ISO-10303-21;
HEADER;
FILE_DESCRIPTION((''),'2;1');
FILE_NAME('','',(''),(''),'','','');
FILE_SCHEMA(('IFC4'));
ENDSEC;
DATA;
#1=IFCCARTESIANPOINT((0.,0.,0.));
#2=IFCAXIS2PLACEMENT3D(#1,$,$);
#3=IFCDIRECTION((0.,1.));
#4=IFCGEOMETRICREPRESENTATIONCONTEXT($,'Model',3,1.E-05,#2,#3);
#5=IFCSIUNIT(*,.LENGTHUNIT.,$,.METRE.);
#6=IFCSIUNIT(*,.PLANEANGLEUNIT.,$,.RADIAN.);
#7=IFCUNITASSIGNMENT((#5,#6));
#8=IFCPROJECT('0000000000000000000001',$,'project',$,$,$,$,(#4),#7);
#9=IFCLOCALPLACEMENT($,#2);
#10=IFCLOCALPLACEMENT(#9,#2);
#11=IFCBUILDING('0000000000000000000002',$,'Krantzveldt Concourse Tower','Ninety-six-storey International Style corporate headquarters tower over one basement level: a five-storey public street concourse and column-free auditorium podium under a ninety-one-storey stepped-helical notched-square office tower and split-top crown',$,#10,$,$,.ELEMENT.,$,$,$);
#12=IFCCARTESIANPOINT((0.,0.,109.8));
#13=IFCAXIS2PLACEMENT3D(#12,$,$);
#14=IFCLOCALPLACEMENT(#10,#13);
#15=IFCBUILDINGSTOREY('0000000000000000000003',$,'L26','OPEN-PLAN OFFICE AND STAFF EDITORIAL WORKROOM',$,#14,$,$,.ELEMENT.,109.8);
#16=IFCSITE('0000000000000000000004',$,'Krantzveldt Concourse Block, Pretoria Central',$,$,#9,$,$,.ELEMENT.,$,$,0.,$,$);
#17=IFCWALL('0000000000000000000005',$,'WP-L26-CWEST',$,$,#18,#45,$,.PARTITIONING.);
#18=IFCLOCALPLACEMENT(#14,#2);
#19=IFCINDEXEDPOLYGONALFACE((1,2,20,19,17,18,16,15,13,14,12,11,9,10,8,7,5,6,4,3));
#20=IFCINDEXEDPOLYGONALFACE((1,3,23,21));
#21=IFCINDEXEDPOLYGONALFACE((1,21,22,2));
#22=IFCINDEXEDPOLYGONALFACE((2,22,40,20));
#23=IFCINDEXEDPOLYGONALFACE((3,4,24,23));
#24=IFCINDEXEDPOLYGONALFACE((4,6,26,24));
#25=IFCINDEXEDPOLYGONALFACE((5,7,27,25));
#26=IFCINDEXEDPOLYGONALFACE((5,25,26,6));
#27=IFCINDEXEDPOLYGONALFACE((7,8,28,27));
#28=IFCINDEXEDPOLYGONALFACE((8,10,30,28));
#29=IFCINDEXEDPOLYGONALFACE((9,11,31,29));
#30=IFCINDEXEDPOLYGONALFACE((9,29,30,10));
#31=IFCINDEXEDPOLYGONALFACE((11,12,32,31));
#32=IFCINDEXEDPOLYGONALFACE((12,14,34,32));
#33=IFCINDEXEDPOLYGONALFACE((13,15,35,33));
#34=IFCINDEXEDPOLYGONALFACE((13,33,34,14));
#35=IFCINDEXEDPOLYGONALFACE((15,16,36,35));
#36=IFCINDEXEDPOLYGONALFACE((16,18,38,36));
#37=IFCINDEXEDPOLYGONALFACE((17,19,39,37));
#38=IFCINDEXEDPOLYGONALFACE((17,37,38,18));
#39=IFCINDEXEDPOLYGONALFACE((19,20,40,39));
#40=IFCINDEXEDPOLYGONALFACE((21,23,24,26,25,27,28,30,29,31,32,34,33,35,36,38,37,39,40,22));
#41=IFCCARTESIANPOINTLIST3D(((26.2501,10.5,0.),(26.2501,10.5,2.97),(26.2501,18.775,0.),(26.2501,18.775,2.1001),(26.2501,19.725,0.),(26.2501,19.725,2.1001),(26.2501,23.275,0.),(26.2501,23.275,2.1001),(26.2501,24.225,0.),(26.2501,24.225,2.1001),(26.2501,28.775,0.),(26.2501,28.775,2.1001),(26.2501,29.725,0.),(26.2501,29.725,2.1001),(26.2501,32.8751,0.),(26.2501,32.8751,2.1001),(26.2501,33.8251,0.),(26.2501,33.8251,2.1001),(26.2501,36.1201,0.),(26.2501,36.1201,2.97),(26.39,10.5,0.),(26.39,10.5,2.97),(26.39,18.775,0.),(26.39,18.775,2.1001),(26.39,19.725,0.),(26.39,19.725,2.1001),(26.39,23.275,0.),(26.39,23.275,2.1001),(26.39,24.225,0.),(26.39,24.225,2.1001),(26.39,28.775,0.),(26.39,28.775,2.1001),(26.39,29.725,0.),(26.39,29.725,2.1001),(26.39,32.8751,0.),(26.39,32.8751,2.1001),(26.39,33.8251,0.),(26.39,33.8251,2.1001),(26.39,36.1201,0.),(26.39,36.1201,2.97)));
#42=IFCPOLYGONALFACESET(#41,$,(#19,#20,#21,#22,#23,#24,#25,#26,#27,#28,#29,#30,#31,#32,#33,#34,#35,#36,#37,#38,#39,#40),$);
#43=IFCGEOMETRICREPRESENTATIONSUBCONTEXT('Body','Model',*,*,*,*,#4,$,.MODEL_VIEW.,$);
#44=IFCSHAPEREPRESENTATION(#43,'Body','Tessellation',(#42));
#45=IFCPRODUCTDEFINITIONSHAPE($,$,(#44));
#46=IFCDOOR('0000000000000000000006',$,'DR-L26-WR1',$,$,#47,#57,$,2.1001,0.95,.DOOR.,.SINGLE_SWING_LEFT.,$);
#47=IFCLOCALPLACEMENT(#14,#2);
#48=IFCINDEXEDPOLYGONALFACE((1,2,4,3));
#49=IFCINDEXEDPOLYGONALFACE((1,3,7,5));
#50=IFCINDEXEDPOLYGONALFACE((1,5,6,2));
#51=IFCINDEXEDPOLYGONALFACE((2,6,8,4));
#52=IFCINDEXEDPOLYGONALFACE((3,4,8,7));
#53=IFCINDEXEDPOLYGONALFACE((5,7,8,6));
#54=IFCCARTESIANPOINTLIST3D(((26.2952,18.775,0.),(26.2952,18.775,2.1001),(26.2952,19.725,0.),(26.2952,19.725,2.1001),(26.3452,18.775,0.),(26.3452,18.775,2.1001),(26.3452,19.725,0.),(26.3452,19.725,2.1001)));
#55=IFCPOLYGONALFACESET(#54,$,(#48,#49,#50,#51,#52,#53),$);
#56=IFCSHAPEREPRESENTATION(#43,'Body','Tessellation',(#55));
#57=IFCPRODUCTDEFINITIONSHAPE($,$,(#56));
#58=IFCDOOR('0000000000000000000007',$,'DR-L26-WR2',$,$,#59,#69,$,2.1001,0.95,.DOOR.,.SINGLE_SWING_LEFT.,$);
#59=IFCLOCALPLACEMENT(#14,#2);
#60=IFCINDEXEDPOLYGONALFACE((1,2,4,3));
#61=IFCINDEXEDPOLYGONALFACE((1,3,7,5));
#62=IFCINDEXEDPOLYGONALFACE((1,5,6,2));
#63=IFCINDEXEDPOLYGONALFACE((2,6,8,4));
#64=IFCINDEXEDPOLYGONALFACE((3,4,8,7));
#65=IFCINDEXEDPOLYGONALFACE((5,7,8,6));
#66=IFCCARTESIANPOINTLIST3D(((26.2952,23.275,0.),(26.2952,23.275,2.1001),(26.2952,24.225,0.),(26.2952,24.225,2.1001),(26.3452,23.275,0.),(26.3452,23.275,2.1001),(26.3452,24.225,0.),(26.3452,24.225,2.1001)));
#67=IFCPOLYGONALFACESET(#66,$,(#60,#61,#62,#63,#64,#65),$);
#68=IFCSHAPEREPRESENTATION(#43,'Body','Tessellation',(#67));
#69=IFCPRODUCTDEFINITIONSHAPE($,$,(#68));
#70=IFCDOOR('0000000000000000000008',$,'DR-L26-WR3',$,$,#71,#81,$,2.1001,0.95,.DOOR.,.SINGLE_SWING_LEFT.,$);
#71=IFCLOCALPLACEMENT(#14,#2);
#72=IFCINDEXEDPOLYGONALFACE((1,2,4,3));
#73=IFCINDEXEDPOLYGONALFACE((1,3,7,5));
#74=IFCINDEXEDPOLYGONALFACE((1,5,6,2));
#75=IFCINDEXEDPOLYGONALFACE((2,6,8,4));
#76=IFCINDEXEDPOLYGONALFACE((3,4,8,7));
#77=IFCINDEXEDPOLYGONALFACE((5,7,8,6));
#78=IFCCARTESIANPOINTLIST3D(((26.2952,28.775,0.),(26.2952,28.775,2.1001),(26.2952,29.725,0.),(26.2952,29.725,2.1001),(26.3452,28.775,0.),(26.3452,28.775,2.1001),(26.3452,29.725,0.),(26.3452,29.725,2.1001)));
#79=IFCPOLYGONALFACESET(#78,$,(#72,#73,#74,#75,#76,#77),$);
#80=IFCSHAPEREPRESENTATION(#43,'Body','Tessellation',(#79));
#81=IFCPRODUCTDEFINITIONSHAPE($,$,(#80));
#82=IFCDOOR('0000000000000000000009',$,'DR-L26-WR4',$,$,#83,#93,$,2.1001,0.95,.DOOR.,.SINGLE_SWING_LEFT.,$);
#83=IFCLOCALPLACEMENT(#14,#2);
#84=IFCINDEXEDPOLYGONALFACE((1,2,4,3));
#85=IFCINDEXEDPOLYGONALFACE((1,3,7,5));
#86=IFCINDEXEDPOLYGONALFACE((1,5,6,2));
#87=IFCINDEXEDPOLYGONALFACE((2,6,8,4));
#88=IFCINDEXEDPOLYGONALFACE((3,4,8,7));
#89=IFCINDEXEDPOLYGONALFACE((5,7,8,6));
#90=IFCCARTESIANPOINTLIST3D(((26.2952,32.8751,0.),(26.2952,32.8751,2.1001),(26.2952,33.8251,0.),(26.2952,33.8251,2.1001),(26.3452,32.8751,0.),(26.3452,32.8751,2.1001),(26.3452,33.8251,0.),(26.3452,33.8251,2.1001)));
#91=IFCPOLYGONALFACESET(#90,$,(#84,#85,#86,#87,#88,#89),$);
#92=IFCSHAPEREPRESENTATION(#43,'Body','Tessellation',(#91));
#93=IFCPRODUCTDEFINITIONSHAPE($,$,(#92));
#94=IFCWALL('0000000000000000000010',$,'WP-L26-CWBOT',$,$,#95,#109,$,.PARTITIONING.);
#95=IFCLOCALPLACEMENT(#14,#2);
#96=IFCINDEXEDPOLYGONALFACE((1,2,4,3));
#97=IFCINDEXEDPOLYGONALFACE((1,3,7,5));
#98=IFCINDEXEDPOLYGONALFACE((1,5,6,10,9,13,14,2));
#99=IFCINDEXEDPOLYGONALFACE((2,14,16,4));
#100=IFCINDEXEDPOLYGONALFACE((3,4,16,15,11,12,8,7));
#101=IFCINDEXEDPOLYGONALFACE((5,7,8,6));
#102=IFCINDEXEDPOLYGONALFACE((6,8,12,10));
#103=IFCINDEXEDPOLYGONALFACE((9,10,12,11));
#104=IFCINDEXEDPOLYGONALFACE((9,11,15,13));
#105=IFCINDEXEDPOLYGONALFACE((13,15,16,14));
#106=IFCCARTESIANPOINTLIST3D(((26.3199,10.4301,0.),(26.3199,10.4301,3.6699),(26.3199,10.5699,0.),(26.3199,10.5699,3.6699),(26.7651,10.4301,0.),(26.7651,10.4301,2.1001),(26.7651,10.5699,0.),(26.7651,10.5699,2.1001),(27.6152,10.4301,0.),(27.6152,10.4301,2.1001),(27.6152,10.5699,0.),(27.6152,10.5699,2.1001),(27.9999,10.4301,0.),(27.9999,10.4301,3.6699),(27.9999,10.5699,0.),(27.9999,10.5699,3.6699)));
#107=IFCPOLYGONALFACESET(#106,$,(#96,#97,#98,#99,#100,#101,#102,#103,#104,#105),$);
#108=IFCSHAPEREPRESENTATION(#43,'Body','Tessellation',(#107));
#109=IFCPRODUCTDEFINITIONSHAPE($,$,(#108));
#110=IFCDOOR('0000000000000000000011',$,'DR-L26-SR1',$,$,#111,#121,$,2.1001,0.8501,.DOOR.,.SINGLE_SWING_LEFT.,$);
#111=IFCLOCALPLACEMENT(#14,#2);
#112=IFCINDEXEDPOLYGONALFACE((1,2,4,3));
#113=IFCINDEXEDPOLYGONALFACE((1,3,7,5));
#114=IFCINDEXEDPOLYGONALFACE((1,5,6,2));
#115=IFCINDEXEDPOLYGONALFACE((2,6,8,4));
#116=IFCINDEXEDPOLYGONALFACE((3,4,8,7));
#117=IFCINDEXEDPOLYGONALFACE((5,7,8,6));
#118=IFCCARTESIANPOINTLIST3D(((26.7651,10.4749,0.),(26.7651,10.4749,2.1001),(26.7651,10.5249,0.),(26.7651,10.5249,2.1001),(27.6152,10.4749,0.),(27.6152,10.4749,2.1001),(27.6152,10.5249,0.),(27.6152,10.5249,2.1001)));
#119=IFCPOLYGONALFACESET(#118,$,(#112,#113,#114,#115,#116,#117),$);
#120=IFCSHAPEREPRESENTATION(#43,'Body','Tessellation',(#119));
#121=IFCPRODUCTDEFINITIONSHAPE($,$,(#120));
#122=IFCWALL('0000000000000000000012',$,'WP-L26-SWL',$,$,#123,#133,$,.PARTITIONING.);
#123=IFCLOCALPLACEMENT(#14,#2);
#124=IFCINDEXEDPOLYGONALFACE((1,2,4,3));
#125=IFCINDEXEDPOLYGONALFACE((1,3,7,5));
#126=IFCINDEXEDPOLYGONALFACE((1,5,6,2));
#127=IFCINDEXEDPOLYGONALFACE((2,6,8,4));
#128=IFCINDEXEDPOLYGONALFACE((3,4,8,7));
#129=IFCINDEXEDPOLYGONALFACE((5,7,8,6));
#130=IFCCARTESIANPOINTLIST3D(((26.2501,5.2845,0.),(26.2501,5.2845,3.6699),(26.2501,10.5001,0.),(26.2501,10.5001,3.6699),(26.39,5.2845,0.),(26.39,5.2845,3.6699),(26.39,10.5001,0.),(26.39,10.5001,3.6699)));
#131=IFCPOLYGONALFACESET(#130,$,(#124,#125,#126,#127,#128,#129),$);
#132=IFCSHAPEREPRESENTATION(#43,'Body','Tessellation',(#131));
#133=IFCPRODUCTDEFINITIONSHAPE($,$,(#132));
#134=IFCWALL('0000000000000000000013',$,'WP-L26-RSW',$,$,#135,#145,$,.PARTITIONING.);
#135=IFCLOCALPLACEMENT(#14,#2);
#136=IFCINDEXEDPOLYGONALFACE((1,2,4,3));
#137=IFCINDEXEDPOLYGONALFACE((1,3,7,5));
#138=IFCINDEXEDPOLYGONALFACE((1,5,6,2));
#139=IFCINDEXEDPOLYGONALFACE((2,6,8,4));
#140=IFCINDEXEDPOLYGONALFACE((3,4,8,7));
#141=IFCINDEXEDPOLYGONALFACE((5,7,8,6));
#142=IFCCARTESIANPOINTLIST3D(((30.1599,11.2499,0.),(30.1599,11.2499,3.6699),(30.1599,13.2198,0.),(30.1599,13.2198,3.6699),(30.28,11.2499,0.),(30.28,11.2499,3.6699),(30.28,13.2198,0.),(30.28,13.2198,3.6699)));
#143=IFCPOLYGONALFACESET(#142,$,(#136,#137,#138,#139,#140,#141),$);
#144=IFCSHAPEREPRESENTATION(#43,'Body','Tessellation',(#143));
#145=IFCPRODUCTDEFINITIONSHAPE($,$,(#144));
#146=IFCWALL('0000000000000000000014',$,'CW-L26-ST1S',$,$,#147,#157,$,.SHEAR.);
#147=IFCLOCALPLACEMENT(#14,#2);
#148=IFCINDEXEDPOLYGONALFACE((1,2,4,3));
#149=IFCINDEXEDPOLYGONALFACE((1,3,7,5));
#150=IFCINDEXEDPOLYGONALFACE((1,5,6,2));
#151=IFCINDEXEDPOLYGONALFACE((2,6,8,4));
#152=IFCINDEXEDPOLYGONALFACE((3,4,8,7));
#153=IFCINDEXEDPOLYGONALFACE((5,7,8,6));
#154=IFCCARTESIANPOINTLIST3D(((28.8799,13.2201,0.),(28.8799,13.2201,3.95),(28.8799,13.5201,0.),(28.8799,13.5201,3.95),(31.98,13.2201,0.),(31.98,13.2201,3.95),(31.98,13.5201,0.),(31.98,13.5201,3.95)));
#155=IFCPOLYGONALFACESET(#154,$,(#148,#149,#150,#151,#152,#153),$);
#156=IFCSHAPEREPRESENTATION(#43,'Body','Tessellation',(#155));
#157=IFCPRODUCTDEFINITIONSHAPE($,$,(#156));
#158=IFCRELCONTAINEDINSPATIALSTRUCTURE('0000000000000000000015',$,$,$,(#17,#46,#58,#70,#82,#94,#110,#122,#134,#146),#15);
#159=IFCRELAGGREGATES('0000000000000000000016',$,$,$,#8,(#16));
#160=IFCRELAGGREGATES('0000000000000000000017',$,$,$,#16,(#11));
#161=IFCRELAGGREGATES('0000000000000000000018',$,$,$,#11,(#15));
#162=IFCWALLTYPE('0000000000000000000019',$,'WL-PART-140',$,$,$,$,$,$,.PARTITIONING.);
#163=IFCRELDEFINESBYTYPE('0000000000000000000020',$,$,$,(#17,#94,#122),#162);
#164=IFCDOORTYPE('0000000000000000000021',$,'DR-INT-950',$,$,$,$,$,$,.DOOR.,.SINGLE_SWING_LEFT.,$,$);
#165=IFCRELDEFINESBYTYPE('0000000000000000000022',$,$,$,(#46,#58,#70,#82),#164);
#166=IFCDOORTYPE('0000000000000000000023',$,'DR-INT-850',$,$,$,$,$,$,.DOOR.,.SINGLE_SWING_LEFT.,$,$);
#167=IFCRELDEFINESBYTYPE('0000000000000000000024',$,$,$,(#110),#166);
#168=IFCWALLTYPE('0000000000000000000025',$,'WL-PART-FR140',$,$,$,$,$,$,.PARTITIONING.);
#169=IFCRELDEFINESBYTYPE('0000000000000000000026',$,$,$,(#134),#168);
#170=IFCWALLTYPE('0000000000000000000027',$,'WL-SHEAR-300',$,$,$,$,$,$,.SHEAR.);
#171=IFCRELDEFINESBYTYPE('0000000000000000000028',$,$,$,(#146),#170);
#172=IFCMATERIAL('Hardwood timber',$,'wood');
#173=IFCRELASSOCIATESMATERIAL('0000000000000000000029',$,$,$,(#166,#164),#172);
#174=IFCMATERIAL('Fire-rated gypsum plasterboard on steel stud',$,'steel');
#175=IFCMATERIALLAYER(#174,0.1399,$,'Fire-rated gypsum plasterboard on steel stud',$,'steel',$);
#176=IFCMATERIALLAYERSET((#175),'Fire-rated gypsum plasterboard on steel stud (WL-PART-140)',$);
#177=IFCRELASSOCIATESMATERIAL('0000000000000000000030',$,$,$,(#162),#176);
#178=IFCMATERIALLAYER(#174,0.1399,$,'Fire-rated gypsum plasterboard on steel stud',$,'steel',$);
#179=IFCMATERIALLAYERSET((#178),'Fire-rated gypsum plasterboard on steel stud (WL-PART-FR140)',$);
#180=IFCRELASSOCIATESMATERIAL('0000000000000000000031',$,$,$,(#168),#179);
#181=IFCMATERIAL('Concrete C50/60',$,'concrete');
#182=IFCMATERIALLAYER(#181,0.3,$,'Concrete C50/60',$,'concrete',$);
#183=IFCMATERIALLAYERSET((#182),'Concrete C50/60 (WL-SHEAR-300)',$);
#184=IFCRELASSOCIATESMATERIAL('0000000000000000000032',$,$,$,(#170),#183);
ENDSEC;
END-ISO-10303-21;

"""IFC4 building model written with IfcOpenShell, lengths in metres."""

from ifc_helpers import new_model, si_unit, direction, frame, frame_2d, origin, place, context, subcontext, project, spatial, rectangle, extrude, material, layer, layer_set, type_object, element, fill, save


model = new_model("IFC4")

# Units and contexts
model_context = context("Model", 3, precision=1e-05, world=origin(), true_north=direction((0.0, 1.0)))
body_context = subcontext(model_context, "Body", "Model", "MODEL_VIEW")
ifc_project = project(units=[si_unit("LENGTHUNIT", "METRE"), si_unit("PLANEANGLEUNIT", "RADIAN")], contexts=[model_context])

# Site, building, storey
site_placement = place(None, origin())
site = spatial("IfcSite", under=ifc_project, at=site_placement, Name="Krantzveldt Concourse Block, Pretoria Central", CompositionType="ELEMENT", RefElevation=0.0)
building_placement = place(site_placement, origin())
building = spatial("IfcBuilding", under=site, at=building_placement, Name="Krantzveldt Concourse Tower", Description="Ninety-six-storey International Style corporate headquarters tower over one basement level: a five-storey public street concourse and column-free auditorium podium under a ninety-one-storey stepped-helical notched-square office tower and split-top crown", CompositionType="ELEMENT")
storey_placement = place(building_placement, frame((0.0, 0.0, 109.8)))
storey = spatial("IfcBuildingStorey", under=building, at=storey_placement, Name="L26", Description="OPEN-PLAN OFFICE AND STAFF EDITORIAL WORKROOM", CompositionType="ELEMENT", Elevation=109.8)

# Shared definitions
ifc_material_1 = material(Name="Fire-rated gypsum plasterboard on steel stud", Category="steel")
ifc_material_2 = material(Name="Hardwood timber", Category="wood")
door_type_1 = type_object("IfcDoorType", Name="DR-INT-850", OperationType="SINGLE_SWING_LEFT", PredefinedType="DOOR", material=ifc_material_2)

# Wall, openings, doors
ifc_layer_1 = layer(ifc_material_1, 0.1399, Name="Fire-rated gypsum plasterboard on steel stud", Category="steel")
ifc_layer_set_1 = layer_set([ifc_layer_1], Name="Fire-rated gypsum plasterboard on steel stud (WL-PART-140)")
wall_type_1 = type_object("IfcWallType", Name="WL-PART-140", PredefinedType="PARTITIONING", material=ifc_layer_set_1)
wall_1_placement = place(storey_placement, frame((26.3201, 10.5, 0.0), z_axis=(0.0, 0.0, 1.0), x_axis=(0.0, 1.0, 0.0)))
wall_1 = element("IfcWall", 1, at=wall_1_placement, inside=storey, type_object=wall_type_1, Name="WP-L26-CWEST", PredefinedType="PARTITIONING", context=body_context, shape_type="SweptSolid", body=[
    extrude(rectangle(XDim=25.6201, YDim=0.1399, at=frame_2d((12.8101, 0.0))), origin(), (0.0, 0.0, 1.0), 2.97),
])
opening_1_placement = place(wall_1_placement, frame((8.2749, 0.0, 0.0)))
opening_1 = element("IfcOpeningElement", 2, at=opening_1_placement, cuts=wall_1, PredefinedType="OPENING", context=body_context, shape_type="SweptSolid", body=[
    extrude(rectangle(XDim=0.95, YDim=2.1001, at=frame_2d((0.4751, 1.05))), frame((0.0, 0.0801, 0.0), z_axis=(0.0, -1.0, 0.0), x_axis=(1.0, 0.0, 0.0)), (0.0, 0.0, 1.0), 0.1599),
])
opening_2_placement = place(wall_1_placement, frame((12.7749, 0.0, 0.0)))
opening_2 = element("IfcOpeningElement", 3, at=opening_2_placement, cuts=wall_1, PredefinedType="OPENING", context=body_context, shape_type="SweptSolid", body=[
    extrude(rectangle(XDim=0.95, YDim=2.1001, at=frame_2d((0.4751, 1.05))), frame((0.0, 0.0801, 0.0), z_axis=(0.0, -1.0, 0.0), x_axis=(1.0, 0.0, 0.0)), (0.0, 0.0, 1.0), 0.1599),
])
opening_3_placement = place(wall_1_placement, frame((18.2749, 0.0, 0.0)))
opening_3 = element("IfcOpeningElement", 4, at=opening_3_placement, cuts=wall_1, PredefinedType="OPENING", context=body_context, shape_type="SweptSolid", body=[
    extrude(rectangle(XDim=0.95, YDim=2.1001, at=frame_2d((0.4751, 1.05))), frame((0.0, 0.0801, 0.0), z_axis=(0.0, -1.0, 0.0), x_axis=(1.0, 0.0, 0.0)), (0.0, 0.0, 1.0), 0.1599),
])
opening_4_placement = place(wall_1_placement, frame((22.375, 0.0, 0.0)))
opening_4 = element("IfcOpeningElement", 5, at=opening_4_placement, cuts=wall_1, PredefinedType="OPENING", context=body_context, shape_type="SweptSolid", body=[
    extrude(rectangle(XDim=0.95, YDim=2.1001, at=frame_2d((0.4751, 1.05))), frame((0.0, 0.0801, 0.0), z_axis=(0.0, -1.0, 0.0), x_axis=(1.0, 0.0, 0.0)), (0.0, 0.0, 1.0), 0.1599),
])
door_type_2 = type_object("IfcDoorType", Name="DR-INT-950", OperationType="SINGLE_SWING_LEFT", PredefinedType="DOOR", material=ifc_material_2)
door_1_placement = place(opening_1_placement, origin())
door_1 = element("IfcDoor", 6, at=door_1_placement, inside=storey, type_object=door_type_2, Name="DR-L26-WR1", OperationType="SINGLE_SWING_LEFT", OverallHeight=2.1001, OverallWidth=0.95, PredefinedType="DOOR", context=body_context, shape_type="SweptSolid", body=[
    extrude(rectangle(XDim=0.95, YDim=2.1001, at=frame_2d((0.4751, 1.05))), frame((0.0, 0.0249, 0.0), z_axis=(0.0, -1.0, 0.0), x_axis=(1.0, 0.0, 0.0)), (0.0, 0.0, 1.0), 0.05),
])
fill(opening_1, door_1)
door_2_placement = place(opening_2_placement, origin())
door_2 = element("IfcDoor", 7, at=door_2_placement, inside=storey, type_object=door_type_2, Name="DR-L26-WR2", OperationType="SINGLE_SWING_LEFT", OverallHeight=2.1001, OverallWidth=0.95, PredefinedType="DOOR", context=body_context, shape_type="SweptSolid", body=[
    extrude(rectangle(XDim=0.95, YDim=2.1001, at=frame_2d((0.4751, 1.05))), frame((0.0, 0.0249, 0.0), z_axis=(0.0, -1.0, 0.0), x_axis=(1.0, 0.0, 0.0)), (0.0, 0.0, 1.0), 0.05),
])
fill(opening_2, door_2)
door_3_placement = place(opening_3_placement, origin())
door_3 = element("IfcDoor", 8, at=door_3_placement, inside=storey, type_object=door_type_2, Name="DR-L26-WR3", OperationType="SINGLE_SWING_LEFT", OverallHeight=2.1001, OverallWidth=0.95, PredefinedType="DOOR", context=body_context, shape_type="SweptSolid", body=[
    extrude(rectangle(XDim=0.95, YDim=2.1001, at=frame_2d((0.4751, 1.05))), frame((0.0, 0.0249, 0.0), z_axis=(0.0, -1.0, 0.0), x_axis=(1.0, 0.0, 0.0)), (0.0, 0.0, 1.0), 0.05),
])
fill(opening_3, door_3)
door_4_placement = place(opening_4_placement, origin())
door_4 = element("IfcDoor", 9, at=door_4_placement, inside=storey, type_object=door_type_2, Name="DR-L26-WR4", OperationType="SINGLE_SWING_LEFT", OverallHeight=2.1001, OverallWidth=0.95, PredefinedType="DOOR", context=body_context, shape_type="SweptSolid", body=[
    extrude(rectangle(XDim=0.95, YDim=2.1001, at=frame_2d((0.4751, 1.05))), frame((0.0, 0.0249, 0.0), z_axis=(0.0, -1.0, 0.0), x_axis=(1.0, 0.0, 0.0)), (0.0, 0.0, 1.0), 0.05),
])
fill(opening_4, door_4)

# Wall, opening, door
wall_2_placement = place(storey_placement, frame((26.3201, 10.5, 0.0), z_axis=(0.0, 0.0, 1.0), x_axis=(1.0, 0.0, 0.0)))
wall_2 = element("IfcWall", 10, at=wall_2_placement, inside=storey, type_object=wall_type_1, Name="WP-L26-CWBOT", PredefinedType="PARTITIONING", context=body_context, shape_type="SweptSolid", body=[
    extrude(rectangle(XDim=1.6799, YDim=0.1399, at=frame_2d((0.8398, 0.0))), origin(), (0.0, 0.0, 1.0), 3.6699),
])
opening_5_placement = place(wall_2_placement, frame((0.4451, 0.0, 0.0)))
opening_5 = element("IfcOpeningElement", 11, at=opening_5_placement, cuts=wall_2, PredefinedType="OPENING", context=body_context, shape_type="SweptSolid", body=[
    extrude(rectangle(XDim=0.8501, YDim=2.1001, at=frame_2d((0.425, 1.05))), frame((0.0, 0.0801, 0.0), z_axis=(0.0, -1.0, 0.0), x_axis=(1.0, 0.0, 0.0)), (0.0, 0.0, 1.0), 0.1599),
])
door_5_placement = place(opening_5_placement, origin())
door_5 = element("IfcDoor", 12, at=door_5_placement, inside=storey, type_object=door_type_1, Name="DR-L26-SR1", OperationType="SINGLE_SWING_LEFT", OverallHeight=2.1001, OverallWidth=0.8501, PredefinedType="DOOR", context=body_context, shape_type="SweptSolid", body=[
    extrude(rectangle(XDim=0.8501, YDim=2.1001, at=frame_2d((0.425, 1.05))), frame((0.0, 0.0249, 0.0), z_axis=(0.0, -1.0, 0.0), x_axis=(1.0, 0.0, 0.0)), (0.0, 0.0, 1.0), 0.05),
])
fill(opening_5, door_5)

# Walls
wall_3_placement = place(storey_placement, frame((26.3201, 5.2844, 0.0), z_axis=(0.0, 0.0, 1.0), x_axis=(0.0, 1.0, 0.0)))
element("IfcWall", 13, at=wall_3_placement, inside=storey, type_object=wall_type_1, Name="WP-L26-SWL", PredefinedType="PARTITIONING", context=body_context, shape_type="SweptSolid", body=[
    extrude(rectangle(XDim=5.2156, YDim=0.1399, at=frame_2d((2.6079, 0.0))), origin(), (0.0, 0.0, 1.0), 3.6699),
])
ifc_layer_2 = layer(ifc_material_1, 0.1399, Name="Fire-rated gypsum plasterboard on steel stud", Category="steel")
ifc_layer_set_2 = layer_set([ifc_layer_2], Name="Fire-rated gypsum plasterboard on steel stud (WL-PART-FR140)")
wall_type_2 = type_object("IfcWallType", Name="WL-PART-FR140", PredefinedType="PARTITIONING", material=ifc_layer_set_2)
wall_4_placement = place(storey_placement, frame((30.22, 11.25, 0.0), z_axis=(0.0, 0.0, 1.0), x_axis=(0.0, 1.0, 0.0)))
element("IfcWall", 14, at=wall_4_placement, inside=storey, type_object=wall_type_2, Name="WP-L26-RSW", PredefinedType="PARTITIONING", context=body_context, shape_type="SweptSolid", body=[
    extrude(rectangle(XDim=1.97, YDim=0.1201, at=frame_2d((0.9849, 0.0))), origin(), (0.0, 0.0, 1.0), 3.6699),
])
ifc_material_3 = material(Name="Concrete C50/60", Category="concrete")
ifc_layer_3 = layer(ifc_material_3, 0.3, Name="Concrete C50/60", Category="concrete")
ifc_layer_set_3 = layer_set([ifc_layer_3], Name="Concrete C50/60 (WL-SHEAR-300)")
wall_type_3 = type_object("IfcWallType", Name="WL-SHEAR-300", PredefinedType="SHEAR", material=ifc_layer_set_3)
wall_5_placement = place(storey_placement, frame((28.8799, 13.3701, 0.0), z_axis=(0.0, 0.0, 1.0), x_axis=(1.0, 0.0, 0.0)))
element("IfcWall", 15, at=wall_5_placement, inside=storey, type_object=wall_type_3, Name="CW-L26-ST1S", PredefinedType="SHEAR", context=body_context, shape_type="SweptSolid", body=[
    extrude(rectangle(XDim=3.1001, YDim=0.3, at=frame_2d((1.55, 0.0))), origin(), (0.0, 0.0, 1.0), 3.95),
])

save(model, "model.ifc")
